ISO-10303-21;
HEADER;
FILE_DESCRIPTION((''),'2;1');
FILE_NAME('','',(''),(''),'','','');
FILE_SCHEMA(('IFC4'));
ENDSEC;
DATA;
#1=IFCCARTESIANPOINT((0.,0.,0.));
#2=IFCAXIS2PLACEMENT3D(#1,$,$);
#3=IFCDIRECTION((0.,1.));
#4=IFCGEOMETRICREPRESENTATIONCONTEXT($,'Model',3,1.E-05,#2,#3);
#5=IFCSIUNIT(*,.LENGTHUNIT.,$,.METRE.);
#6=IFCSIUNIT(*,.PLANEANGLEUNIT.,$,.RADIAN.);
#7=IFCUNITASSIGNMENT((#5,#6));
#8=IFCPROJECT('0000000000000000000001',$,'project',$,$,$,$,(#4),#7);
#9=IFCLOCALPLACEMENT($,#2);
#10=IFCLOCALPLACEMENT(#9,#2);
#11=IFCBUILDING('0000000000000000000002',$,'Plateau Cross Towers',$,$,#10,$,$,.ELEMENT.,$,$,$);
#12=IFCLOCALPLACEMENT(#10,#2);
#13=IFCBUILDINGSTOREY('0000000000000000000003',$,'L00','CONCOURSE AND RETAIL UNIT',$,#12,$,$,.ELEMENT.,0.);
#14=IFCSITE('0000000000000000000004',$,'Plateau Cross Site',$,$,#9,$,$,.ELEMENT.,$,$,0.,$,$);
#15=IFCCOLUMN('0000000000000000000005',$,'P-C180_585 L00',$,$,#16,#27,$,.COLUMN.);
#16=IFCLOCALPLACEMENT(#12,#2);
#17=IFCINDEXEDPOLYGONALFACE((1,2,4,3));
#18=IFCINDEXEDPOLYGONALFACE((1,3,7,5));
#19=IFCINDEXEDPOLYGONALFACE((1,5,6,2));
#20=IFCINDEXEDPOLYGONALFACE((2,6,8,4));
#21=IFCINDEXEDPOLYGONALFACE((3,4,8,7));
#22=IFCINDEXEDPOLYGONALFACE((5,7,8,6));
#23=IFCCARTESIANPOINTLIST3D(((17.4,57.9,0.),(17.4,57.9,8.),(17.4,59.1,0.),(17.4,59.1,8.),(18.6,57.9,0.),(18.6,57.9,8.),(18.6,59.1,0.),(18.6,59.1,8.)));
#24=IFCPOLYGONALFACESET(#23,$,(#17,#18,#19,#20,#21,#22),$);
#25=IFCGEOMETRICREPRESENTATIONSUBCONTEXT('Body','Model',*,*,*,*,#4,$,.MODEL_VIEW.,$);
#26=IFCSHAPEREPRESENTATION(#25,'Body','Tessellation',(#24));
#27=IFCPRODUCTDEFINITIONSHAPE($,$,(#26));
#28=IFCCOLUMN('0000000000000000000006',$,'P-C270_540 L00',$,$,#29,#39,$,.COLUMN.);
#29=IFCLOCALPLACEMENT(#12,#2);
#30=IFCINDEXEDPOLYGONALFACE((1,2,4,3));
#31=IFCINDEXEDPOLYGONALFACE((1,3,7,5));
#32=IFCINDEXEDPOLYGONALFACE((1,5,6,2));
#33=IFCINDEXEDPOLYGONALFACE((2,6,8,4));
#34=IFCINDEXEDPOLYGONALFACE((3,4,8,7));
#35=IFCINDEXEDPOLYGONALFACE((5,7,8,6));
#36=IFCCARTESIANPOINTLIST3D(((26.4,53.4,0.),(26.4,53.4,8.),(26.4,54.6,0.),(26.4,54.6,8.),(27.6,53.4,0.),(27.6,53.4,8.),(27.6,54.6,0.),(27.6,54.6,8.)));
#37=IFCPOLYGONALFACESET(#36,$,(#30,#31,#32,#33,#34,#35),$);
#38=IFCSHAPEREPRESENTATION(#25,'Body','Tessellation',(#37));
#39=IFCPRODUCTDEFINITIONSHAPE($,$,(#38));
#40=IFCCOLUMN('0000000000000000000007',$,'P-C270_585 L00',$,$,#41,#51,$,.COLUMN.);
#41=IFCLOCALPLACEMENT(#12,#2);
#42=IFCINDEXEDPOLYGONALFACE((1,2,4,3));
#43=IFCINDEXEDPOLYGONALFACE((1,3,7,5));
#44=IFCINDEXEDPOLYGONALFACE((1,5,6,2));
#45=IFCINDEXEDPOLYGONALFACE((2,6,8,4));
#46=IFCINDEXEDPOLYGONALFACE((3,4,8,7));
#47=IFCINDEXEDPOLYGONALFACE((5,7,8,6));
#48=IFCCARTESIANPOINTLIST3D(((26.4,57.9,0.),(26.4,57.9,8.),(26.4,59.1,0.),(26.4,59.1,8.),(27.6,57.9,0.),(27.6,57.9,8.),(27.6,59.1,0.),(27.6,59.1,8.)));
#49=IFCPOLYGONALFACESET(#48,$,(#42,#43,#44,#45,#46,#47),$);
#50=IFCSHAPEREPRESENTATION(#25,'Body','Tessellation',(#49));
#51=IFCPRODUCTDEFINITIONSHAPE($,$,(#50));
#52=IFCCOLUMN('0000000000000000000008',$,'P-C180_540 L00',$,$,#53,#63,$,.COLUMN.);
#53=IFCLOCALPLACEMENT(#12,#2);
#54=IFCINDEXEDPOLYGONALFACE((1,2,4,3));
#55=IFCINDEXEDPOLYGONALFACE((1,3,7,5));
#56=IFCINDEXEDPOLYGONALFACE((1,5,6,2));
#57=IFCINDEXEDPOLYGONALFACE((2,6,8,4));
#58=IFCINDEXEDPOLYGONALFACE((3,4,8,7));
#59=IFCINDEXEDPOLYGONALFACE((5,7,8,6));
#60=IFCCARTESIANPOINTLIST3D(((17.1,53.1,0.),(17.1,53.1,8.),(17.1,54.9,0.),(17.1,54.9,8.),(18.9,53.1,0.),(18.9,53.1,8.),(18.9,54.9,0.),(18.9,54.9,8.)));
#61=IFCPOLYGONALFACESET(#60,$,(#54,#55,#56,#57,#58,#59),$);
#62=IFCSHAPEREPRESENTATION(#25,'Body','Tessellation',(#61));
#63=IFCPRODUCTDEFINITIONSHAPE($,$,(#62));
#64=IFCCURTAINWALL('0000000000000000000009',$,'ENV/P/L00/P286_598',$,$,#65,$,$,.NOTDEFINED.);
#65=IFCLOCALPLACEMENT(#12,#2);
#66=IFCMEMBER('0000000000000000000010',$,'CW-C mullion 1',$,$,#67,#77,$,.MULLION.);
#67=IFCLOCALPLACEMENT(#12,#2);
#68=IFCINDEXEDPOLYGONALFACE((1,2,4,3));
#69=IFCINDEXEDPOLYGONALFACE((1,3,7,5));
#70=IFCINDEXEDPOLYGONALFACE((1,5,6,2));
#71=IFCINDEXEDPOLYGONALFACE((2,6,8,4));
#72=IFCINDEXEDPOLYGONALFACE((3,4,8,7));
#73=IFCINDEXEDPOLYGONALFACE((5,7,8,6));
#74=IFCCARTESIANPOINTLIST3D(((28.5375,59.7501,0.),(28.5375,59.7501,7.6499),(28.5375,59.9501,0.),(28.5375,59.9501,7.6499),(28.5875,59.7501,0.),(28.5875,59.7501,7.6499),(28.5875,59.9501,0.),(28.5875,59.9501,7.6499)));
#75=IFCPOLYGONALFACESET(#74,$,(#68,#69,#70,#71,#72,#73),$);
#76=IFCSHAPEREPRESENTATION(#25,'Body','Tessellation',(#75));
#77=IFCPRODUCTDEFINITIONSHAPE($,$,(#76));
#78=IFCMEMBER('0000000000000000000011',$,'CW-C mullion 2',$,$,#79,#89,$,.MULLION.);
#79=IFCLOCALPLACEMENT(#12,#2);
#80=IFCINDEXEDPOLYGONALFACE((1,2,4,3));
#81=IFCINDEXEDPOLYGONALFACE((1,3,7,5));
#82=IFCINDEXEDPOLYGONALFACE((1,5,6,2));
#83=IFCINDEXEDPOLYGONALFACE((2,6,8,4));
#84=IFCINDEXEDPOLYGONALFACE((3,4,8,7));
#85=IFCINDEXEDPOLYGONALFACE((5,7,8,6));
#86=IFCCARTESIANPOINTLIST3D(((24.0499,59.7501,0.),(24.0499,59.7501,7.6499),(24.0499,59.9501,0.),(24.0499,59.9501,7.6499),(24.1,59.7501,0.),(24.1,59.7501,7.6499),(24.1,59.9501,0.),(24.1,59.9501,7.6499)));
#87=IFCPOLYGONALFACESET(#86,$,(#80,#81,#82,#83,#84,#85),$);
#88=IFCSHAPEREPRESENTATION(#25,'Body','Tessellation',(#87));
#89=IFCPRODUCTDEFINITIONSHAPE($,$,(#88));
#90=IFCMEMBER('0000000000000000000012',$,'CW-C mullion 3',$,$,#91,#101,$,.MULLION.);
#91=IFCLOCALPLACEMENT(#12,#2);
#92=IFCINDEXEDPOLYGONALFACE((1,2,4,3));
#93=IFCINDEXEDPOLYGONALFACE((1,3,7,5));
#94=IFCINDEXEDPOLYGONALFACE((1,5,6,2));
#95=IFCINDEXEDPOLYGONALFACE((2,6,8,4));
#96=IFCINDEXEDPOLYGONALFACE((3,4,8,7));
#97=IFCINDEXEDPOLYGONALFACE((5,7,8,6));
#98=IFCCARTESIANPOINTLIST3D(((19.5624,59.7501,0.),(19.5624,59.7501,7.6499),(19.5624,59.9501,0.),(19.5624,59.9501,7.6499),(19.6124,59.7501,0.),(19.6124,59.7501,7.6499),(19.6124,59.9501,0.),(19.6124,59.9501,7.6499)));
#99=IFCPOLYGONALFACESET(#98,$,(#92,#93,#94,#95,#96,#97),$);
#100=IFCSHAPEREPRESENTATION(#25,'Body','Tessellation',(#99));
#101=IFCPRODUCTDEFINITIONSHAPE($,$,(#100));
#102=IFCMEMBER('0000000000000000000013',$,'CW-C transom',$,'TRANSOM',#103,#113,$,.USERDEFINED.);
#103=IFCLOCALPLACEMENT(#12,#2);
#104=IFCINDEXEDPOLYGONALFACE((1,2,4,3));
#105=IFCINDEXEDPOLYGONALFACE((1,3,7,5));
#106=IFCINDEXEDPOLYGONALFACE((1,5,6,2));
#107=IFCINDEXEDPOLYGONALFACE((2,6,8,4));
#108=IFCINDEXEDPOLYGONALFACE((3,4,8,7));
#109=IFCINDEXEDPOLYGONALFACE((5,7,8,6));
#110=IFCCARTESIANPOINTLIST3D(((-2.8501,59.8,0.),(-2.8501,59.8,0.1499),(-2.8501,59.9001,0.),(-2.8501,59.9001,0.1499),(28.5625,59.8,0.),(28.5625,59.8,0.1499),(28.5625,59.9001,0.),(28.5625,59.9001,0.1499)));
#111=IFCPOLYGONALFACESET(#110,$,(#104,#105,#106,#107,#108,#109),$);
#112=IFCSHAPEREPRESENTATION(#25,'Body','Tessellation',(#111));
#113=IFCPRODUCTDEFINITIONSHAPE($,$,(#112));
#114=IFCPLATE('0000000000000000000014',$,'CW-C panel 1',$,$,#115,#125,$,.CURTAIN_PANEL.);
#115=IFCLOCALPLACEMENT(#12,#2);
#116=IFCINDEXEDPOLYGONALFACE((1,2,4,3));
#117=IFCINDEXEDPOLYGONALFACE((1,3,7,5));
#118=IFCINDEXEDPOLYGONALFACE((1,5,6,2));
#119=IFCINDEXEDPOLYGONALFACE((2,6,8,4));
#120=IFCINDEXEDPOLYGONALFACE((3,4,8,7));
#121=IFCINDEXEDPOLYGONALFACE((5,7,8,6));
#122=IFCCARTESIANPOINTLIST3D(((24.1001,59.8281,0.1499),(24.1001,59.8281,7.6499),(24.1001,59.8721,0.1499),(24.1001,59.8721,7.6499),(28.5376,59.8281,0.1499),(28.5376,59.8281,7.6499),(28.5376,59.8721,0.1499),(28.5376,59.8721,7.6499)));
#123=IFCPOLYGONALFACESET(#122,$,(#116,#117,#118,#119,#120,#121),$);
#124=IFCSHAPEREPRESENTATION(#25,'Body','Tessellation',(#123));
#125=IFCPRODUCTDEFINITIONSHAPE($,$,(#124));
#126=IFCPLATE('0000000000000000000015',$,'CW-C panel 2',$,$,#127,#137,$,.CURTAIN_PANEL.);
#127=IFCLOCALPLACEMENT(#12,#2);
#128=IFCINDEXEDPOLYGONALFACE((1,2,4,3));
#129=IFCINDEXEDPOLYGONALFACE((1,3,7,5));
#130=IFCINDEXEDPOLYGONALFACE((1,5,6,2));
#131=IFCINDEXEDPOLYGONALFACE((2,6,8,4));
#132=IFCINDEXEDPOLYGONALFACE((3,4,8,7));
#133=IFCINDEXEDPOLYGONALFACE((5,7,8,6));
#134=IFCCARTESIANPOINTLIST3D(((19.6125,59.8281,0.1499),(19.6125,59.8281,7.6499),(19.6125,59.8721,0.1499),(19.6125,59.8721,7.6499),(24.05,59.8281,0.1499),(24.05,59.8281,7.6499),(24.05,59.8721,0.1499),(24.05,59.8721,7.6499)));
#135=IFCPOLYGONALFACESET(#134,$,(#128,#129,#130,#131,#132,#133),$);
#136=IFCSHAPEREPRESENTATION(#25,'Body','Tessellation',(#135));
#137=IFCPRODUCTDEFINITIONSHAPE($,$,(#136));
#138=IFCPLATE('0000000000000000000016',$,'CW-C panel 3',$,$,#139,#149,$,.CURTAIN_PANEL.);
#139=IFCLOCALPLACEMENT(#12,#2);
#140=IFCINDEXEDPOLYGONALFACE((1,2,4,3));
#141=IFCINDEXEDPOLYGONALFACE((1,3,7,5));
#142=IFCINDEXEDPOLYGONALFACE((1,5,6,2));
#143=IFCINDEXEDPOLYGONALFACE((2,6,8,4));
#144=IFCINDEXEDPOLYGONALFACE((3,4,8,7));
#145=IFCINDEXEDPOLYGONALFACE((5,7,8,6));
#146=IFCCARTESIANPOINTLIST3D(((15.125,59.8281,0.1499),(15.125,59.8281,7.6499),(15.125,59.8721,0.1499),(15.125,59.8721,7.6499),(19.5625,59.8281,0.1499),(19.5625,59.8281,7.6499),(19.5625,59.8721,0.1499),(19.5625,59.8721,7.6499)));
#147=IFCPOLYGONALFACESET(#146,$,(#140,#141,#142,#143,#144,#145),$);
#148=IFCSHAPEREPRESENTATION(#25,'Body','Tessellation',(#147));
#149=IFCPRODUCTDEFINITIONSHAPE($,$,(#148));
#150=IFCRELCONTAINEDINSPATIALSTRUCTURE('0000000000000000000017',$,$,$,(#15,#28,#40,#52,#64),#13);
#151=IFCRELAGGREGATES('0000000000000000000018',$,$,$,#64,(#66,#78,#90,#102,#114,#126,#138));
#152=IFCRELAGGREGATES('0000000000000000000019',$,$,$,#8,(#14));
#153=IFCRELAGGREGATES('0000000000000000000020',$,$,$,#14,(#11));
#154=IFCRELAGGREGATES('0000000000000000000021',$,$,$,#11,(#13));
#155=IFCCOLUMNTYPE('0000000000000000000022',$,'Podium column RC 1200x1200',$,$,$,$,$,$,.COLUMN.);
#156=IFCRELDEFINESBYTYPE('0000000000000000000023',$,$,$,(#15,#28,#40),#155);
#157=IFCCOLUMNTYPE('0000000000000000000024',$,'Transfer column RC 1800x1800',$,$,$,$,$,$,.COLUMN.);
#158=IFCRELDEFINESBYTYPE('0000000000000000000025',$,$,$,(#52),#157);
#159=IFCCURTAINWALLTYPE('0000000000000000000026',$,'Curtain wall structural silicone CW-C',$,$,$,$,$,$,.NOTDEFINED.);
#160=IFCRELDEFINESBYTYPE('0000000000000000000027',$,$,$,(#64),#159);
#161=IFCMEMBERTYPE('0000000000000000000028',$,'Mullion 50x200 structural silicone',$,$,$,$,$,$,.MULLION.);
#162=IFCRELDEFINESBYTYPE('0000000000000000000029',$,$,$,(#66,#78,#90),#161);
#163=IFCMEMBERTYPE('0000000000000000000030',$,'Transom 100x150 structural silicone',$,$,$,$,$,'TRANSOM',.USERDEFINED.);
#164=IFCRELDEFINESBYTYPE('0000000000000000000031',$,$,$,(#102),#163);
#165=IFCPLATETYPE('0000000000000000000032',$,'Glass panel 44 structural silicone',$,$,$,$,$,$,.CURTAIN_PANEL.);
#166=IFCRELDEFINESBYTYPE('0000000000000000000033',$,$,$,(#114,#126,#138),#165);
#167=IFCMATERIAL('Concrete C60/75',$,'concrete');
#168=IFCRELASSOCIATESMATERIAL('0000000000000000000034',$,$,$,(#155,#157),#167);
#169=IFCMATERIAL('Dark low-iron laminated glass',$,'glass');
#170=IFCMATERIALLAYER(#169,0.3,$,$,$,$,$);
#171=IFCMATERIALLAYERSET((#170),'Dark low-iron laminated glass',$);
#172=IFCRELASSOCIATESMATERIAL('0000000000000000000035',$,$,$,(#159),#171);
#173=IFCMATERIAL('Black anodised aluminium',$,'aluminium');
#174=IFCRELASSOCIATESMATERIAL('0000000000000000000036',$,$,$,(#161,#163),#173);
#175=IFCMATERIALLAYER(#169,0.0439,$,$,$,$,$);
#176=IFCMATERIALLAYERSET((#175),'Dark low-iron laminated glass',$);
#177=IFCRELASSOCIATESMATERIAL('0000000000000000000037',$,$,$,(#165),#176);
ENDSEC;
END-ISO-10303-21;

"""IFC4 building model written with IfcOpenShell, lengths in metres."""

from ifc_helpers import new_model, si_unit, direction, frame, origin, origin_2d, place, context, subcontext, project, spatial, rectangle, extrude, material, layer, layer_set, material_profile, profile_set, type_object, element, aggregate, save


model = new_model("IFC4")

# Units and contexts
model_context = context("Model", 3, precision=1e-05, world=origin(), true_north=direction((0.0, 1.0)))
body_context = subcontext(model_context, "Body", "Model", "MODEL_VIEW")
ifc_project = project(units=[si_unit("LENGTHUNIT", "METRE"), si_unit("PLANEANGLEUNIT", "RADIAN")], contexts=[model_context])

# Site, building, storey
site_placement = place(None, origin())
site = spatial("IfcSite", under=ifc_project, at=site_placement, Name="Plateau Cross Site", CompositionType="ELEMENT", RefElevation=0.0)
building_placement = place(site_placement, origin())
building = spatial("IfcBuilding", under=site, at=building_placement, Name="Plateau Cross Towers", CompositionType="ELEMENT")
storey_placement = place(building_placement, origin())
storey = spatial("IfcBuildingStorey", under=building, at=storey_placement, Name="L00", Description="CONCOURSE AND RETAIL UNIT", CompositionType="ELEMENT", Elevation=0.0)

# Columns
ifc_material_1 = material(Name="Concrete C60/75", Category="concrete")
ifc_material_profile_1 = material_profile(ifc_material_1, rectangle(XDim=1.2, YDim=1.2, at=origin_2d()), Name="RC 1200x1200")
ifc_profile_set_1 = profile_set([ifc_material_profile_1], Name="Concrete C60/75")
column_type_1 = type_object("IfcColumnType", Name="Podium column RC 1200x1200", PredefinedType="COLUMN", material=ifc_profile_set_1)
for number, where, z_axis, x_axis, name in (
    (1, (18.0, 58.5, 0.0), (0.0, 0.0, 1.0), (1.0, 0.0, 0.0), "P-C180_585 L00"),
    (2, (27.0, 54.0, 0.0), (0.0, 0.0, 1.0), (1.0, 0.0, 0.0), "P-C270_540 L00"),
    (3, (27.0, 58.5, 0.0), (0.0, 0.0, 1.0), (1.0, 0.0, 0.0), "P-C270_585 L00"),
):
    element("IfcColumn", number, at=place(storey_placement, frame(where, z_axis=z_axis, x_axis=x_axis)), inside=storey, type_object=column_type_1, Name=name, PredefinedType="COLUMN", context=body_context, shape_type="SweptSolid", body=[
        extrude(rectangle(XDim=1.2, YDim=1.2, at=origin_2d()), origin(), (0.0, 0.0, 1.0), 8.0),
    ])
ifc_material_profile_2 = material_profile(ifc_material_1, rectangle(XDim=1.8, YDim=1.8, at=origin_2d()), Name="RC 1800x1800")
ifc_profile_set_2 = profile_set([ifc_material_profile_2], Name="Concrete C60/75")
column_type_2 = type_object("IfcColumnType", Name="Transfer column RC 1800x1800", PredefinedType="COLUMN", material=ifc_profile_set_2)
column_placement = place(storey_placement, frame((18.0, 54.0, 0.0), z_axis=(0.0, 0.0, 1.0), x_axis=(1.0, 0.0, 0.0)))
element("IfcColumn", 4, at=column_placement, inside=storey, type_object=column_type_2, Name="P-C180_540 L00", PredefinedType="COLUMN", context=body_context, shape_type="SweptSolid", body=[
    extrude(rectangle(XDim=1.8, YDim=1.8, at=origin_2d()), origin(), (0.0, 0.0, 1.0), 8.0),
])

# Curtain wall, members, plates
ifc_material_2 = material(Name="Dark low-iron laminated glass", Category="glass")
ifc_layer_1 = layer(ifc_material_2, 0.3)
ifc_layer_set_1 = layer_set([ifc_layer_1], Name="Dark low-iron laminated glass")
curtain_wall_type = type_object("IfcCurtainWallType", Name="Curtain wall structural silicone CW-C", PredefinedType="NOTDEFINED", material=ifc_layer_set_1)
curtain_wall_placement = place(storey_placement, origin())
curtain_wall = element("IfcCurtainWall", 5, at=curtain_wall_placement, inside=storey, type_object=curtain_wall_type, Name="ENV/P/L00/P286_598", PredefinedType="NOTDEFINED")
ifc_material_3 = material(Name="Black anodised aluminium", Category="aluminium")
ifc_material_profile_3 = material_profile(ifc_material_3, rectangle(XDim=0.05, YDim=0.2, at=origin_2d()), Name="MULLION 50x200")
ifc_profile_set_3 = profile_set([ifc_material_profile_3], Name="Black anodised aluminium")
member_type_1 = type_object("IfcMemberType", Name="Mullion 50x200 structural silicone", PredefinedType="MULLION", material=ifc_profile_set_3)
member_1_placement = place(storey_placement, frame((28.5625, 59.8501, 0.0), z_axis=(0.0, 0.0, 1.0), x_axis=(-1.0, 0.0, 0.0)))
member_1 = element("IfcMember", 6, at=member_1_placement, type_object=member_type_1, Name="CW-C mullion 1", PredefinedType="MULLION", context=body_context, shape_type="SweptSolid", body=[
    extrude(rectangle(XDim=0.05, YDim=0.2, at=origin_2d()), origin(), (0.0, 0.0, 1.0), 7.6499),
])
member_2_placement = place(storey_placement, frame((24.075, 59.8501, 0.0), z_axis=(0.0, 0.0, 1.0), x_axis=(-1.0, 0.0, 0.0)))
member_2 = element("IfcMember", 7, at=member_2_placement, type_object=member_type_1, Name="CW-C mullion 2", PredefinedType="MULLION", context=body_context, shape_type="SweptSolid", body=[
    extrude(rectangle(XDim=0.05, YDim=0.2, at=origin_2d()), origin(), (0.0, 0.0, 1.0), 7.6499),
])
member_3_placement = place(storey_placement, frame((19.5874, 59.8501, 0.0), z_axis=(0.0, 0.0, 1.0), x_axis=(-1.0, 0.0, 0.0)))
member_3 = element("IfcMember", 8, at=member_3_placement, type_object=member_type_1, Name="CW-C mullion 3", PredefinedType="MULLION", context=body_context, shape_type="SweptSolid", body=[
    extrude(rectangle(XDim=0.05, YDim=0.2, at=origin_2d()), origin(), (0.0, 0.0, 1.0), 7.6499),
])
ifc_material_profile_4 = material_profile(ifc_material_3, rectangle(XDim=0.1001, YDim=0.1499, at=origin_2d()), Name="TRANSOM 100x150")
ifc_profile_set_4 = profile_set([ifc_material_profile_4], Name="Black anodised aluminium")
member_type_2 = type_object("IfcMemberType", Name="Transom 100x150 structural silicone", ElementType="TRANSOM", PredefinedType="USERDEFINED", material=ifc_profile_set_4)
member_4_placement = place(storey_placement, frame((28.5625, 59.8501, 0.075), z_axis=(-1.0, 0.0, 0.0), x_axis=(0.0, -1.0, 0.0)))
member_4 = element("IfcMember", 9, at=member_4_placement, type_object=member_type_2, Name="CW-C transom", ObjectType="TRANSOM", PredefinedType="USERDEFINED", context=body_context, shape_type="SweptSolid", body=[
    extrude(rectangle(XDim=0.1001, YDim=0.1499, at=origin_2d()), origin(), (0.0, 0.0, 1.0), 31.4126),
])
ifc_layer_2 = layer(ifc_material_2, 0.0439)
ifc_layer_set_2 = layer_set([ifc_layer_2], Name="Dark low-iron laminated glass")
plate_type = type_object("IfcPlateType", Name="Glass panel 44 structural silicone", PredefinedType="CURTAIN_PANEL", material=ifc_layer_set_2)
plate_1_placement = place(storey_placement, frame((26.3188, 59.8501, 0.1499), z_axis=(0.0, 0.0, 1.0), x_axis=(-1.0, 0.0, 0.0)))
plate_1 = element("IfcPlate", 10, at=plate_1_placement, type_object=plate_type, Name="CW-C panel 1", PredefinedType="CURTAIN_PANEL", context=body_context, shape_type="SweptSolid", body=[
    extrude(rectangle(XDim=4.4375, YDim=0.0439, at=origin_2d()), origin(), (0.0, 0.0, 1.0), 7.5),
])
plate_2_placement = place(storey_placement, frame((21.8313, 59.8501, 0.1499), z_axis=(0.0, 0.0, 1.0), x_axis=(-1.0, 0.0, 0.0)))
plate_2 = element("IfcPlate", 11, at=plate_2_placement, type_object=plate_type, Name="CW-C panel 2", PredefinedType="CURTAIN_PANEL", context=body_context, shape_type="SweptSolid", body=[
    extrude(rectangle(XDim=4.4375, YDim=0.0439, at=origin_2d()), origin(), (0.0, 0.0, 1.0), 7.5),
])
plate_3_placement = place(storey_placement, frame((17.3438, 59.8501, 0.1499), z_axis=(0.0, 0.0, 1.0), x_axis=(-1.0, 0.0, 0.0)))
plate_3 = element("IfcPlate", 12, at=plate_3_placement, type_object=plate_type, Name="CW-C panel 3", PredefinedType="CURTAIN_PANEL", context=body_context, shape_type="SweptSolid", body=[
    extrude(rectangle(XDim=4.4375, YDim=0.0439, at=origin_2d()), origin(), (0.0, 0.0, 1.0), 7.5),
])
aggregate(curtain_wall, [member_1, member_2, member_3, member_4, plate_1, plate_2, plate_3])

save(model, "model.ifc")
